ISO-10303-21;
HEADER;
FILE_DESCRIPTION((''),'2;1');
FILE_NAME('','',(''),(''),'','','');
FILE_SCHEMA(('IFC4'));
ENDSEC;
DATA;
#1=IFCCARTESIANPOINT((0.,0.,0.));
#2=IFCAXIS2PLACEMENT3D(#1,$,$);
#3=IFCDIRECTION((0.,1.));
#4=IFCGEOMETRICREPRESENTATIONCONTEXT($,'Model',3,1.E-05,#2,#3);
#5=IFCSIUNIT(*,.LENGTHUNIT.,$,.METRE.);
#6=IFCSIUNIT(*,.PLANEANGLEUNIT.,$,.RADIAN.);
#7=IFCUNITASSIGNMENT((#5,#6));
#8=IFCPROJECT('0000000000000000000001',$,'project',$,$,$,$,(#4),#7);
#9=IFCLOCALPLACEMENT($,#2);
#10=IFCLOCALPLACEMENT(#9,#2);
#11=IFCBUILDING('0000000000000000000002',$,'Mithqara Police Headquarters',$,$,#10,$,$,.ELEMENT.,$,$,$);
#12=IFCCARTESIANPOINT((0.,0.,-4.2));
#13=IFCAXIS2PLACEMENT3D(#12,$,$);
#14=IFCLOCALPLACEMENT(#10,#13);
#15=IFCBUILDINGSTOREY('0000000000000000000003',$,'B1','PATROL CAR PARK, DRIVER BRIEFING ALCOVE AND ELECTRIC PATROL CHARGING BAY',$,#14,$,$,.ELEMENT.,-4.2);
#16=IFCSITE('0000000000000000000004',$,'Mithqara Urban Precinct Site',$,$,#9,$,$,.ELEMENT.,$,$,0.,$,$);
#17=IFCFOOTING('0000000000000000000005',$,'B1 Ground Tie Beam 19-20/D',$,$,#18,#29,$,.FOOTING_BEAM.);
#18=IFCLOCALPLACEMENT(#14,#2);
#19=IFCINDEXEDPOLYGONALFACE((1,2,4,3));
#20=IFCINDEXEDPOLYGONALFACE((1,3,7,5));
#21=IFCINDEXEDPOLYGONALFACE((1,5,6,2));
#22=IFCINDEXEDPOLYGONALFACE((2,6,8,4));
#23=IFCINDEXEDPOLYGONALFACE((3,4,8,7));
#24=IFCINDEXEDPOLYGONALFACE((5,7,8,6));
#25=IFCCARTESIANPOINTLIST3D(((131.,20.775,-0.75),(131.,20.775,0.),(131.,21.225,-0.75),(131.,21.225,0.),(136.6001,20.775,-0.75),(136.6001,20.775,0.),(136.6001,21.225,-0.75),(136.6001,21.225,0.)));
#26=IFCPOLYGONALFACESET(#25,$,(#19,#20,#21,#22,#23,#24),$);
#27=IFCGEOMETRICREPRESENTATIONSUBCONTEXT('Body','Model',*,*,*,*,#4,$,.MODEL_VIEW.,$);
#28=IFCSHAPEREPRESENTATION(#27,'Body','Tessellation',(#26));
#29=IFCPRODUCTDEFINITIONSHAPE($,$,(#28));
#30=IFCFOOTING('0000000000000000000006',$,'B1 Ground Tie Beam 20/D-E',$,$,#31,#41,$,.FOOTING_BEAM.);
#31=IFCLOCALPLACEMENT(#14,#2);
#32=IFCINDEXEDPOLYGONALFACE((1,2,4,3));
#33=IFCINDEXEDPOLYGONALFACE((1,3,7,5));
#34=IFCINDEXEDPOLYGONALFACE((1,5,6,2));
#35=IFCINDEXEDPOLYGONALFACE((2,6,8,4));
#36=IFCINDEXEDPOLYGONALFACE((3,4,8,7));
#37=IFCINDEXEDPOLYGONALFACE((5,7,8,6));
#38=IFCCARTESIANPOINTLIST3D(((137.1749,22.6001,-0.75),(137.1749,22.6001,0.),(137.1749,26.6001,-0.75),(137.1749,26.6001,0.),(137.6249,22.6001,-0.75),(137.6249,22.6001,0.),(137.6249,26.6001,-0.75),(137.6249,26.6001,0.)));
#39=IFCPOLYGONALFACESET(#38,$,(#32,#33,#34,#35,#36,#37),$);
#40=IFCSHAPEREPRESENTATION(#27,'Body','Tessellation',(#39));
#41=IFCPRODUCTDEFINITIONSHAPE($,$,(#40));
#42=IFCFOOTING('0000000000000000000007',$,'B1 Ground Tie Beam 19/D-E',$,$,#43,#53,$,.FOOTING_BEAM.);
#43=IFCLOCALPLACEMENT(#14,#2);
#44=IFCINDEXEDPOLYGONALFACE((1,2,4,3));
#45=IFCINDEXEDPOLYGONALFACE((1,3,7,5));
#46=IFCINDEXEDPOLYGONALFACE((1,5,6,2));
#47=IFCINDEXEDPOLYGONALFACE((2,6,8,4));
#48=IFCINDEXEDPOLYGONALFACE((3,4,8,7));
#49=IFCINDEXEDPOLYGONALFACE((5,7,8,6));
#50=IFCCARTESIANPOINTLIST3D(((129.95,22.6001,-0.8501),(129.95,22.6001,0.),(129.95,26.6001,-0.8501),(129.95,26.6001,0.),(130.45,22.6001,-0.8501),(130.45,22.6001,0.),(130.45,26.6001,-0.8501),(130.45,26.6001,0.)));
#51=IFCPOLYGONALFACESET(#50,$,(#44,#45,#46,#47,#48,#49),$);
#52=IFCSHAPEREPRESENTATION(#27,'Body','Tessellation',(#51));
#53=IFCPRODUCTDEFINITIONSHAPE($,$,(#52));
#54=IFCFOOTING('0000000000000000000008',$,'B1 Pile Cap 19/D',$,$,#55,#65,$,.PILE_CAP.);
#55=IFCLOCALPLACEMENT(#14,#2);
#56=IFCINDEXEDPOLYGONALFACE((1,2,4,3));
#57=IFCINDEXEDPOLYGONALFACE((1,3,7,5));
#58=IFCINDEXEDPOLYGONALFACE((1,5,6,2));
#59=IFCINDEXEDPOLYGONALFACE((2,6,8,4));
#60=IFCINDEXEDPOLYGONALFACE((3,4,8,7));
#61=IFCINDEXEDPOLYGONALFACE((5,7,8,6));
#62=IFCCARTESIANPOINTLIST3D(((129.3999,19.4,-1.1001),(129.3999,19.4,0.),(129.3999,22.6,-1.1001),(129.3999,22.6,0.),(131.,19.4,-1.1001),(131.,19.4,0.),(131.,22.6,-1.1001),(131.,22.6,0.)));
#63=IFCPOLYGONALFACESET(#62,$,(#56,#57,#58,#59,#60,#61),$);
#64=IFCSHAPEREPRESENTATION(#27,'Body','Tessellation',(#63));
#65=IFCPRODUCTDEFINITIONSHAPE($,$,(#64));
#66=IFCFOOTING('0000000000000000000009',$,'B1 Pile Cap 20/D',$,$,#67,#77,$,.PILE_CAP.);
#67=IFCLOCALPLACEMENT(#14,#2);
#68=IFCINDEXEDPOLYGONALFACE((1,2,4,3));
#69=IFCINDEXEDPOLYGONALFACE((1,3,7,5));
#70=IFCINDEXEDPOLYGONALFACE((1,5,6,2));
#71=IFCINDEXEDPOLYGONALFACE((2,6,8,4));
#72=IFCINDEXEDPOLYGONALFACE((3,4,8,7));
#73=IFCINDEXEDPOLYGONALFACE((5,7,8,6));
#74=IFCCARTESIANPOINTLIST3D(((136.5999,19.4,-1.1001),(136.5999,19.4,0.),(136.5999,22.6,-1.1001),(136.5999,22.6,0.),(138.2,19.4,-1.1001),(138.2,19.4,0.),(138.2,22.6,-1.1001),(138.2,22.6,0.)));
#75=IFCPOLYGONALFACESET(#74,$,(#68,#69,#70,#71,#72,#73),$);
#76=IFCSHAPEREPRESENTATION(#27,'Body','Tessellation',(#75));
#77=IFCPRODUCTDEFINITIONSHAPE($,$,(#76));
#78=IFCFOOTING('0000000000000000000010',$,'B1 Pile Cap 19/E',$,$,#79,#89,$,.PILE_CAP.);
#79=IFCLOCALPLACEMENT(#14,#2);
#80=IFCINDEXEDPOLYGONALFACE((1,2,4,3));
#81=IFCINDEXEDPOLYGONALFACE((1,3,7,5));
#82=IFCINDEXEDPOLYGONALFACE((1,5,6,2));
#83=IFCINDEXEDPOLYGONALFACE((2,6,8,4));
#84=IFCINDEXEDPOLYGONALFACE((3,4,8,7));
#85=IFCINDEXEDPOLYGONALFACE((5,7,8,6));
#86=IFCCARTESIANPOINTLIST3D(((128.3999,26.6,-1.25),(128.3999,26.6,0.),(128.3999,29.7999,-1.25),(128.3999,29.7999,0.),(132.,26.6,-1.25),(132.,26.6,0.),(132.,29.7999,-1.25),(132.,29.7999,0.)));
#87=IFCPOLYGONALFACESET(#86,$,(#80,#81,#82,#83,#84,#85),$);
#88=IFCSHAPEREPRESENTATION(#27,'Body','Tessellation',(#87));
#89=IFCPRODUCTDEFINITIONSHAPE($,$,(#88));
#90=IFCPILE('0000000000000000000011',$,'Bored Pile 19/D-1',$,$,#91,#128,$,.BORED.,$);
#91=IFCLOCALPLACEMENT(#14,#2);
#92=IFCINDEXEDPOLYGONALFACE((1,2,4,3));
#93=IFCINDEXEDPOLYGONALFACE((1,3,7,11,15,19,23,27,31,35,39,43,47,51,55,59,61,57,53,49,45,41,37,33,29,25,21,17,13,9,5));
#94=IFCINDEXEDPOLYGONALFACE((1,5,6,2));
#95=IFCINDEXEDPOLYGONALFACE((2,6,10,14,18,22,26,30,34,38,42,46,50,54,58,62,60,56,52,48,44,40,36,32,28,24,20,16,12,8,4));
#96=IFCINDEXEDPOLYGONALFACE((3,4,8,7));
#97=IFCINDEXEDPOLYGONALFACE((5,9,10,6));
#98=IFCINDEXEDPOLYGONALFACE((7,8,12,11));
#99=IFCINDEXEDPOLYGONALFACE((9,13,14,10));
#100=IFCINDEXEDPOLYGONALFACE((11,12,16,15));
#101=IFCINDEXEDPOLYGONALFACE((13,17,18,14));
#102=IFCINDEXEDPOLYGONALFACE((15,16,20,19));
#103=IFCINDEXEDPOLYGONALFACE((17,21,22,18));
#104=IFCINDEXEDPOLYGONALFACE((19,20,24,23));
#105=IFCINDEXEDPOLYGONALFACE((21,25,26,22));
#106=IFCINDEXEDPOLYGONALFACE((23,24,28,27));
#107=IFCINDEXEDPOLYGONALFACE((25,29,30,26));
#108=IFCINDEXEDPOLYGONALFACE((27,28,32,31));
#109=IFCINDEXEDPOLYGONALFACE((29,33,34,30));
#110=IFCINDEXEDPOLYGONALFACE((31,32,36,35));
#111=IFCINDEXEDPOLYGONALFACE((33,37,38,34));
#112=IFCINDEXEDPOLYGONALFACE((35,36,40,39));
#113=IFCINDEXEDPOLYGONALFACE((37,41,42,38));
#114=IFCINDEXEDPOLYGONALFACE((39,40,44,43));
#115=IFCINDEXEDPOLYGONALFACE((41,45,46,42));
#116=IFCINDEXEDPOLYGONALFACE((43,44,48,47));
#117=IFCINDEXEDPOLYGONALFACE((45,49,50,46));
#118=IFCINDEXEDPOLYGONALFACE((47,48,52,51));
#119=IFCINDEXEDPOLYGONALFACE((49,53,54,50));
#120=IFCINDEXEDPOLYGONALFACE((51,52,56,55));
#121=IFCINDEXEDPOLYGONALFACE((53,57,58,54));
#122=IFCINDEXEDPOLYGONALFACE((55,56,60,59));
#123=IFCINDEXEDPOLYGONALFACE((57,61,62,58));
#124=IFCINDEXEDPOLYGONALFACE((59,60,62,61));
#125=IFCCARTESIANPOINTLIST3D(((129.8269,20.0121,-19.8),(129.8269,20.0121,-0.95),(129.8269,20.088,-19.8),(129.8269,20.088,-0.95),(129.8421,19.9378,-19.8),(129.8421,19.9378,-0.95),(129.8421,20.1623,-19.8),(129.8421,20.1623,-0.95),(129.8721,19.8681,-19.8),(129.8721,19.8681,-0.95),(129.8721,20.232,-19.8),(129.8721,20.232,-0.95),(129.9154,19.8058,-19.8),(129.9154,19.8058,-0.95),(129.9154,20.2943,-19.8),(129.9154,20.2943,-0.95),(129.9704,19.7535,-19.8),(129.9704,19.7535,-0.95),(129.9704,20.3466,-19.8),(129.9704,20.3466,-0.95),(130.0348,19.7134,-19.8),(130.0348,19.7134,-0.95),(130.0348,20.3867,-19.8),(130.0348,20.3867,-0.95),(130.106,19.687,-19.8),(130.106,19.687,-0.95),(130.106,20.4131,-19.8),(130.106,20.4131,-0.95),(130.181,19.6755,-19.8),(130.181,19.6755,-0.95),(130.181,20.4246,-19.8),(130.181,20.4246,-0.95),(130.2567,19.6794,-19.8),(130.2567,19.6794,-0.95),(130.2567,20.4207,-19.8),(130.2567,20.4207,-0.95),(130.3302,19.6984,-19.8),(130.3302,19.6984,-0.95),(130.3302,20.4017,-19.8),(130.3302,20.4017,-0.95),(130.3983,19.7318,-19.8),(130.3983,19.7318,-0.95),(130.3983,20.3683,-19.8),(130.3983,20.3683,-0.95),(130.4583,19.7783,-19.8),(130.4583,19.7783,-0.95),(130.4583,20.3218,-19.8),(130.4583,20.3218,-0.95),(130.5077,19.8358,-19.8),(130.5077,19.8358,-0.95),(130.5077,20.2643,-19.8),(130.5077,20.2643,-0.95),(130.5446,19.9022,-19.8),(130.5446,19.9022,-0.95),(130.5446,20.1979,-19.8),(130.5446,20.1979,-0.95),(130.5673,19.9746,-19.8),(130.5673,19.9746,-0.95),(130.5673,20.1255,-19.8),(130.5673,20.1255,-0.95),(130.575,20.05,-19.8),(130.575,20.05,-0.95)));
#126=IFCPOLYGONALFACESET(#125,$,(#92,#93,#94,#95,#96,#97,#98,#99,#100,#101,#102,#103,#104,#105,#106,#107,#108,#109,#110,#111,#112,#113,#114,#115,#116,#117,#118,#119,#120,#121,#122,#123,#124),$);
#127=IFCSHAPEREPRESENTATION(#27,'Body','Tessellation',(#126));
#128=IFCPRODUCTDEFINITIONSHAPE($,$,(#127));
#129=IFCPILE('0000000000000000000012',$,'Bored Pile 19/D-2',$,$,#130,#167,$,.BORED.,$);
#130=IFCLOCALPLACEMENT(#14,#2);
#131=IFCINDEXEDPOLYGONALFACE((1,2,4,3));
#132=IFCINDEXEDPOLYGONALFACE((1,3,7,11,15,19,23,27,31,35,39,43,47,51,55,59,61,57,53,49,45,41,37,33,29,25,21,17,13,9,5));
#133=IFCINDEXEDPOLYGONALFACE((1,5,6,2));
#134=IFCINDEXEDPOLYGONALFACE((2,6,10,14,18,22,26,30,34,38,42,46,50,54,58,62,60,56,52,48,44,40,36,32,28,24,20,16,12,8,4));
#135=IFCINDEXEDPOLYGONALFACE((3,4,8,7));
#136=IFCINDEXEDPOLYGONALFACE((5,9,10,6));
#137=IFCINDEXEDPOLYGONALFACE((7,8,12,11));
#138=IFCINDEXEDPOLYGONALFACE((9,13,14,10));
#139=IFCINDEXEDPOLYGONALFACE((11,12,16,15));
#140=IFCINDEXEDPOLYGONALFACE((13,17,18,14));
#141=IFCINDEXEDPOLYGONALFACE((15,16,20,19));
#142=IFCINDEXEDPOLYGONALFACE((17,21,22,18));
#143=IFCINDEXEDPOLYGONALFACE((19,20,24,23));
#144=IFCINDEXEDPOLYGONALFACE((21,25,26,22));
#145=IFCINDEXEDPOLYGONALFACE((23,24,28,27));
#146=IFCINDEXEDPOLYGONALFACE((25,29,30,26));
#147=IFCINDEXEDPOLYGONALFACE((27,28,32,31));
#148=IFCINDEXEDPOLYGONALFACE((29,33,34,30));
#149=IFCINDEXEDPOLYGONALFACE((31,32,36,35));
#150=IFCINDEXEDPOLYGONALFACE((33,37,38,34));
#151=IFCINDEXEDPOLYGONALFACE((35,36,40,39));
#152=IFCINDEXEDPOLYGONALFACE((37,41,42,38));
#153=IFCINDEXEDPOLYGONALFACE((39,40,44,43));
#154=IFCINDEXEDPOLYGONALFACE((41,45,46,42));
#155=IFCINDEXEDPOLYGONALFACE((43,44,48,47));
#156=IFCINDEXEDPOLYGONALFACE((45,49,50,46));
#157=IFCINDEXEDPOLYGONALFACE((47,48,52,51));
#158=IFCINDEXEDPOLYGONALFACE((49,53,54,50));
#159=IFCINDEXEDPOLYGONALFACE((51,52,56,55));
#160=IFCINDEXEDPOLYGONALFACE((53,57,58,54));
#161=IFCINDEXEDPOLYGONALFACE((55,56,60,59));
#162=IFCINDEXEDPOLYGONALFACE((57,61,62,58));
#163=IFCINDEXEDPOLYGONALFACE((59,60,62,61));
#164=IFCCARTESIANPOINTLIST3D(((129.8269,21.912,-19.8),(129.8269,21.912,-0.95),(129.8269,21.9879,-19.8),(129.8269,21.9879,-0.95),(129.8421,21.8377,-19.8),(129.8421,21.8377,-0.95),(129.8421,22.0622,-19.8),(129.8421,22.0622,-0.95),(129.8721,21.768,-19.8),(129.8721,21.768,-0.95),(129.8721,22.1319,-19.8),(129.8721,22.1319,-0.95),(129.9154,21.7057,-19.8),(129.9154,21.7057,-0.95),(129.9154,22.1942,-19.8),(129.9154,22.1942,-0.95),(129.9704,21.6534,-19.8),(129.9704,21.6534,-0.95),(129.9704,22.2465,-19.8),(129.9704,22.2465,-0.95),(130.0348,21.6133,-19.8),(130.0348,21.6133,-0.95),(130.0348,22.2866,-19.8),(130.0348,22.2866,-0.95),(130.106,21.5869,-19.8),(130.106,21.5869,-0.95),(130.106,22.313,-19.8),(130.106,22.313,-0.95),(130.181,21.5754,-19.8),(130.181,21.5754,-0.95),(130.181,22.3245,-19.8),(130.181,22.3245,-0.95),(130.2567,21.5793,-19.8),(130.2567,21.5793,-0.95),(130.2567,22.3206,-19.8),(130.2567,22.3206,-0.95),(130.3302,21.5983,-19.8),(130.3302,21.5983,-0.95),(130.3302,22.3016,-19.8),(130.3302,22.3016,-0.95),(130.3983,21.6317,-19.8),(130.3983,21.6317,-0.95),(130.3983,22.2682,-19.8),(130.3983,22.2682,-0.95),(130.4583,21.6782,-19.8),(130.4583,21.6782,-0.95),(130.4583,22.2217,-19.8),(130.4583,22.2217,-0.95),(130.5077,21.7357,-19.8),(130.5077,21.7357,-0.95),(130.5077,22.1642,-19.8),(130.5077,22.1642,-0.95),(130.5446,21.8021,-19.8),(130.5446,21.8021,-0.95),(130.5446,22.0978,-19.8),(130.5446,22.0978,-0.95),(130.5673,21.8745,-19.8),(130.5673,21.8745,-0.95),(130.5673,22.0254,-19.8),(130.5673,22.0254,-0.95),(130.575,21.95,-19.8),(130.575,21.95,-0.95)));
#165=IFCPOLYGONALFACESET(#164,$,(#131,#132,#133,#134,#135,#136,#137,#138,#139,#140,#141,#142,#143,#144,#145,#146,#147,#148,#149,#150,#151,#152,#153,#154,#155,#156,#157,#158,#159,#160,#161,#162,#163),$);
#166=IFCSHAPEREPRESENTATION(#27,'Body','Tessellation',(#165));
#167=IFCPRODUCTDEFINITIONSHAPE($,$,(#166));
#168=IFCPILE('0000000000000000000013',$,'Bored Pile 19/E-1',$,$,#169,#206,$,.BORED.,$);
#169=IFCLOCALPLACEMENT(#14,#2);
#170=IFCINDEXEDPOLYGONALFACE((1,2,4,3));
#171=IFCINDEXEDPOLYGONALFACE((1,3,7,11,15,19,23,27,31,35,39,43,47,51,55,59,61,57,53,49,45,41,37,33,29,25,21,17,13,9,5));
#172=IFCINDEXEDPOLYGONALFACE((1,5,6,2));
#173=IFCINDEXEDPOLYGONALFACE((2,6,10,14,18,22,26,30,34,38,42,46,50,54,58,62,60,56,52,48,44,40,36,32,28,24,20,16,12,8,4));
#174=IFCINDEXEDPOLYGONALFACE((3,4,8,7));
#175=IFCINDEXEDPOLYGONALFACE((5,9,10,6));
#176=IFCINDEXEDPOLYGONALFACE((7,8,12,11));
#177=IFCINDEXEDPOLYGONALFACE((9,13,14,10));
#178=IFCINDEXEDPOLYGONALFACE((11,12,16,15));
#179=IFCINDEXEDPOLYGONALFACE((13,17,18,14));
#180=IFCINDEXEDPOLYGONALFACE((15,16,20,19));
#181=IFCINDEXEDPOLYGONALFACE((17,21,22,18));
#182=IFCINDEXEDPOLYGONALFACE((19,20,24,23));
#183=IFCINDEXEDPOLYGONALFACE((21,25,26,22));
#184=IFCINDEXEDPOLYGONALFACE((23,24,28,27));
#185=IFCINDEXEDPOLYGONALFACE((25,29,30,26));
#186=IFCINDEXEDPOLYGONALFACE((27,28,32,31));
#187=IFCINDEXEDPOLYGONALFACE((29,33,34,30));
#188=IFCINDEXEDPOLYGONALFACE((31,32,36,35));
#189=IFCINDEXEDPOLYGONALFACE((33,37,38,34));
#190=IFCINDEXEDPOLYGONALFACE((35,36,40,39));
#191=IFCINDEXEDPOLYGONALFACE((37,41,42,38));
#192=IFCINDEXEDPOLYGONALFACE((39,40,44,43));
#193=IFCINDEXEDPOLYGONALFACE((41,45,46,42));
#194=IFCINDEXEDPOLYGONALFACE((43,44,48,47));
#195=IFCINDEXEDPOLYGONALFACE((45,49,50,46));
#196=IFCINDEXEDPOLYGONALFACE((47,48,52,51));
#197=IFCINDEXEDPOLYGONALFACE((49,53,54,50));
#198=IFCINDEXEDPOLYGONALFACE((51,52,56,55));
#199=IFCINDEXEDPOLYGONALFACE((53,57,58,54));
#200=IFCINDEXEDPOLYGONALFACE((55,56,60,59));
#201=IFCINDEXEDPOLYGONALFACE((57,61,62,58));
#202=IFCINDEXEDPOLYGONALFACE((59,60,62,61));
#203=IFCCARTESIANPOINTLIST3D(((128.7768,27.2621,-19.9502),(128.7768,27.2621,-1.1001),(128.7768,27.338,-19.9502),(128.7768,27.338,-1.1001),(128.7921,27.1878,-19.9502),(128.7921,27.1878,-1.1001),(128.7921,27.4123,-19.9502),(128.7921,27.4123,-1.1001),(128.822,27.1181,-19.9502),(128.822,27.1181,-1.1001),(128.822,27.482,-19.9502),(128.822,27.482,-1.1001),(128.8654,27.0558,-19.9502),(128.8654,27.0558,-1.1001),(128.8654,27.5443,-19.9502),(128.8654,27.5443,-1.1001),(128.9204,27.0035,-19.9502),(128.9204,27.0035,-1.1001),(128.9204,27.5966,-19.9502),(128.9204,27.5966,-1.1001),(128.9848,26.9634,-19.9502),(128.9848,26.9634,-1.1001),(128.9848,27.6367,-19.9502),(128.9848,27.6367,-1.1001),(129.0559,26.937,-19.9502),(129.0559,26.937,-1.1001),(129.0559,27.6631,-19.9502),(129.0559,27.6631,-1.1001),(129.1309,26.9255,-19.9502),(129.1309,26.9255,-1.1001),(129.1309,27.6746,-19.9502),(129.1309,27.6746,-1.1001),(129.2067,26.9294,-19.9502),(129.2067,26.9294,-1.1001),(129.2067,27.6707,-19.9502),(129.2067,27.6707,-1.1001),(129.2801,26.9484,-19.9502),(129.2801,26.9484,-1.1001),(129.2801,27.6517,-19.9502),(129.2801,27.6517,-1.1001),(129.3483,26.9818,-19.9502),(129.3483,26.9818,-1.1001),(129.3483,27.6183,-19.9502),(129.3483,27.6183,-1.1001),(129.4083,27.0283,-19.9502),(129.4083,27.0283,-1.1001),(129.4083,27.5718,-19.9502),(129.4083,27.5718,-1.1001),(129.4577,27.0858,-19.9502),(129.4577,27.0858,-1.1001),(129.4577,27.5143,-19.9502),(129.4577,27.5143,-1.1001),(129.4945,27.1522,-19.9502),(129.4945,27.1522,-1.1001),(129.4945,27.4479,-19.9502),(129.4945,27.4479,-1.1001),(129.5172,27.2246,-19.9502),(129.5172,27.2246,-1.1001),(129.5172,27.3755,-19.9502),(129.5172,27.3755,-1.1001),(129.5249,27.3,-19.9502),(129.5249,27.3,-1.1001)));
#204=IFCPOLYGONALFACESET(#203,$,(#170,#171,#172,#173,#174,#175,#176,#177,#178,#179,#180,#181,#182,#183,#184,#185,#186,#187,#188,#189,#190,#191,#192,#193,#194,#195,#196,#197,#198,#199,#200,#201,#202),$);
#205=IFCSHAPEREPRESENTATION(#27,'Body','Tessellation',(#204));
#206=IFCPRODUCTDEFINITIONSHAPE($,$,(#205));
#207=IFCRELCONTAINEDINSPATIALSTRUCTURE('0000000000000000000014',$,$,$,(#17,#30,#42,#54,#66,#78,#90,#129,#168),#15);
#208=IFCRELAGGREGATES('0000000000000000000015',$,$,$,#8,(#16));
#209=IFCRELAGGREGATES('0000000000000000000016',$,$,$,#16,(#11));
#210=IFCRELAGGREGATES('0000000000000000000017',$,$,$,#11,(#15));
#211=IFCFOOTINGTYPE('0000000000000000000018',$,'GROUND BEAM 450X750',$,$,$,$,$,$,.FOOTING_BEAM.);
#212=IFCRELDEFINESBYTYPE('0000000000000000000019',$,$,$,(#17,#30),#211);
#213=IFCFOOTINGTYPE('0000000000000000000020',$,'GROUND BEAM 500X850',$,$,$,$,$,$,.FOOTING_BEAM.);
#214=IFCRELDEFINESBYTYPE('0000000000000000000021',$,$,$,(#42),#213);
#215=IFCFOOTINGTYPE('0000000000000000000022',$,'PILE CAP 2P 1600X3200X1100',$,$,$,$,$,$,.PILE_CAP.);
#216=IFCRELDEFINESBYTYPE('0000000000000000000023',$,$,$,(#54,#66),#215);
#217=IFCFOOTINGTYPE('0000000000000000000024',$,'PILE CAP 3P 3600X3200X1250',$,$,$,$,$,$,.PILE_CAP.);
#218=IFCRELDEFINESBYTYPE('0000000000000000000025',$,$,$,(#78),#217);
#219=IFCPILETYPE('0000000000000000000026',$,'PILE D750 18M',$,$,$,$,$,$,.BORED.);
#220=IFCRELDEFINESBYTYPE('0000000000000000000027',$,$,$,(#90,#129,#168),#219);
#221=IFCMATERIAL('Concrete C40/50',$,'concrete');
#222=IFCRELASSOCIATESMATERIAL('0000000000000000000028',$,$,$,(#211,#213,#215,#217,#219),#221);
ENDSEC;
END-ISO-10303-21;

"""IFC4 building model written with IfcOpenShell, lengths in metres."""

from ifc_helpers import new_model, si_unit, direction, frame, origin, origin_2d, place, context, subcontext, project, spatial, rectangle, circle, extrude, material, material_profile, profile_set, type_object, element, save


model = new_model("IFC4")

# Units and contexts
model_context = context("Model", 3, precision=1e-05, world=origin(), true_north=direction((0.0, 1.0)))
body_context = subcontext(model_context, "Body", "Model", "MODEL_VIEW")
ifc_project = project(units=[si_unit("LENGTHUNIT", "METRE"), si_unit("PLANEANGLEUNIT", "RADIAN")], contexts=[model_context])

# Site, building, storey
site_placement = place(None, origin())
site = spatial("IfcSite", under=ifc_project, at=site_placement, Name="Mithqara Urban Precinct Site", CompositionType="ELEMENT", RefElevation=0.0)
building_placement = place(site_placement, origin())
building = spatial("IfcBuilding", under=site, at=building_placement, Name="Mithqara Police Headquarters", CompositionType="ELEMENT")
storey_placement = place(building_placement, frame((0.0, 0.0, -4.2)))
storey = spatial("IfcBuildingStorey", under=building, at=storey_placement, Name="B1", Description="PATROL CAR PARK, DRIVER BRIEFING ALCOVE AND ELECTRIC PATROL CHARGING BAY", CompositionType="ELEMENT", Elevation=-4.2)

# Footings
ifc_material_1 = material(Name="Concrete C40/50", Category="concrete")
footing_type_1 = type_object("IfcFootingType", Name="GROUND BEAM 450X750", PredefinedType="FOOTING_BEAM", material=ifc_material_1)
footing_1_placement = place(storey_placement, frame((133.8, 21.0, -0.75), z_axis=(0.0, 0.0, 1.0), x_axis=(1.0, 0.0, 0.0)))
element("IfcFooting", 1, at=footing_1_placement, inside=storey, type_object=footing_type_1, Name="B1 Ground Tie Beam 19-20/D", PredefinedType="FOOTING_BEAM", context=body_context, shape_type="SweptSolid", body=[
    extrude(rectangle(XDim=5.6001, YDim=0.45, at=origin_2d()), origin(), (0.0, 0.0, 1.0), 0.75),
])
footing_2_placement = place(storey_placement, frame((137.3999, 24.6001, -0.75), z_axis=(0.0, 0.0, 1.0), x_axis=(1.0, 0.0, 0.0)))
element("IfcFooting", 2, at=footing_2_placement, inside=storey, type_object=footing_type_1, Name="B1 Ground Tie Beam 20/D-E", PredefinedType="FOOTING_BEAM", context=body_context, shape_type="SweptSolid", body=[
    extrude(rectangle(XDim=0.45, YDim=4.0, at=origin_2d()), origin(), (0.0, 0.0, 1.0), 0.75),
])
footing_type_2 = type_object("IfcFootingType", Name="GROUND BEAM 500X850", PredefinedType="FOOTING_BEAM", material=ifc_material_1)
footing_3_placement = place(storey_placement, frame((130.2, 24.6001, -0.8501), z_axis=(0.0, 0.0, 1.0), x_axis=(1.0, 0.0, 0.0)))
element("IfcFooting", 3, at=footing_3_placement, inside=storey, type_object=footing_type_2, Name="B1 Ground Tie Beam 19/D-E", PredefinedType="FOOTING_BEAM", context=body_context, shape_type="SweptSolid", body=[
    extrude(rectangle(XDim=0.5, YDim=4.0, at=origin_2d()), origin(), (0.0, 0.0, 1.0), 0.8501),
])
footing_type_3 = type_object("IfcFootingType", Name="PILE CAP 2P 1600X3200X1100", PredefinedType="PILE_CAP", material=ifc_material_1)
for number, where, z_axis, x_axis, name in (
    (4, (130.2, 21.0, -1.1001), (0.0, 0.0, 1.0), (1.0, 0.0, 0.0), "B1 Pile Cap 19/D"),
    (5, (137.3999, 21.0, -1.1001), (0.0, 0.0, 1.0), (1.0, 0.0, 0.0), "B1 Pile Cap 20/D"),
):
    element("IfcFooting", number, at=place(storey_placement, frame(where, z_axis=z_axis, x_axis=x_axis)), inside=storey, type_object=footing_type_3, Name=name, PredefinedType="PILE_CAP", context=body_context, shape_type="SweptSolid", body=[
        extrude(rectangle(XDim=1.6001, YDim=3.2, at=origin_2d()), origin(), (0.0, 0.0, 1.0), 1.1001),
    ])
footing_type_4 = type_object("IfcFootingType", Name="PILE CAP 3P 3600X3200X1250", PredefinedType="PILE_CAP", material=ifc_material_1)
footing_4_placement = place(storey_placement, frame((130.2, 28.2, -1.25), z_axis=(0.0, 0.0, 1.0), x_axis=(1.0, 0.0, 0.0)))
element("IfcFooting", 6, at=footing_4_placement, inside=storey, type_object=footing_type_4, Name="B1 Pile Cap 19/E", PredefinedType="PILE_CAP", context=body_context, shape_type="SweptSolid", body=[
    extrude(rectangle(XDim=3.6001, YDim=3.2, at=origin_2d()), origin(), (0.0, 0.0, 1.0), 1.25),
])

# Piles
ifc_material_profile_1 = material_profile(ifc_material_1, circle(Radius=0.375, at=origin_2d()), Name="PILE D750")
ifc_profile_set_1 = profile_set([ifc_material_profile_1], Name="Concrete C40/50")
pile_type = type_object("IfcPileType", Name="PILE D750 18M", PredefinedType="BORED", material=ifc_profile_set_1)
for number, where, z_axis, x_axis, name in (
    (7, (130.2, 20.05, -0.95), (0.0, 0.0, -1.0), (1.0, 0.0, 0.0), "Bored Pile 19/D-1"),
    (8, (130.2, 21.95, -0.95), (0.0, 0.0, -1.0), (1.0, 0.0, 0.0), "Bored Pile 19/D-2"),
    (9, (129.1499, 27.3, -1.1001), (0.0, 0.0, -1.0), (1.0, 0.0, 0.0), "Bored Pile 19/E-1"),
):
    element("IfcPile", number, at=place(storey_placement, frame(where, z_axis=z_axis, x_axis=x_axis)), inside=storey, type_object=pile_type, Name=name, PredefinedType="BORED", context=body_context, shape_type="SweptSolid", body=[
        extrude(circle(Radius=0.375, at=origin_2d()), origin(), (0.0, 0.0, 1.0), 18.8501),
    ])

save(model, "model.ifc")
